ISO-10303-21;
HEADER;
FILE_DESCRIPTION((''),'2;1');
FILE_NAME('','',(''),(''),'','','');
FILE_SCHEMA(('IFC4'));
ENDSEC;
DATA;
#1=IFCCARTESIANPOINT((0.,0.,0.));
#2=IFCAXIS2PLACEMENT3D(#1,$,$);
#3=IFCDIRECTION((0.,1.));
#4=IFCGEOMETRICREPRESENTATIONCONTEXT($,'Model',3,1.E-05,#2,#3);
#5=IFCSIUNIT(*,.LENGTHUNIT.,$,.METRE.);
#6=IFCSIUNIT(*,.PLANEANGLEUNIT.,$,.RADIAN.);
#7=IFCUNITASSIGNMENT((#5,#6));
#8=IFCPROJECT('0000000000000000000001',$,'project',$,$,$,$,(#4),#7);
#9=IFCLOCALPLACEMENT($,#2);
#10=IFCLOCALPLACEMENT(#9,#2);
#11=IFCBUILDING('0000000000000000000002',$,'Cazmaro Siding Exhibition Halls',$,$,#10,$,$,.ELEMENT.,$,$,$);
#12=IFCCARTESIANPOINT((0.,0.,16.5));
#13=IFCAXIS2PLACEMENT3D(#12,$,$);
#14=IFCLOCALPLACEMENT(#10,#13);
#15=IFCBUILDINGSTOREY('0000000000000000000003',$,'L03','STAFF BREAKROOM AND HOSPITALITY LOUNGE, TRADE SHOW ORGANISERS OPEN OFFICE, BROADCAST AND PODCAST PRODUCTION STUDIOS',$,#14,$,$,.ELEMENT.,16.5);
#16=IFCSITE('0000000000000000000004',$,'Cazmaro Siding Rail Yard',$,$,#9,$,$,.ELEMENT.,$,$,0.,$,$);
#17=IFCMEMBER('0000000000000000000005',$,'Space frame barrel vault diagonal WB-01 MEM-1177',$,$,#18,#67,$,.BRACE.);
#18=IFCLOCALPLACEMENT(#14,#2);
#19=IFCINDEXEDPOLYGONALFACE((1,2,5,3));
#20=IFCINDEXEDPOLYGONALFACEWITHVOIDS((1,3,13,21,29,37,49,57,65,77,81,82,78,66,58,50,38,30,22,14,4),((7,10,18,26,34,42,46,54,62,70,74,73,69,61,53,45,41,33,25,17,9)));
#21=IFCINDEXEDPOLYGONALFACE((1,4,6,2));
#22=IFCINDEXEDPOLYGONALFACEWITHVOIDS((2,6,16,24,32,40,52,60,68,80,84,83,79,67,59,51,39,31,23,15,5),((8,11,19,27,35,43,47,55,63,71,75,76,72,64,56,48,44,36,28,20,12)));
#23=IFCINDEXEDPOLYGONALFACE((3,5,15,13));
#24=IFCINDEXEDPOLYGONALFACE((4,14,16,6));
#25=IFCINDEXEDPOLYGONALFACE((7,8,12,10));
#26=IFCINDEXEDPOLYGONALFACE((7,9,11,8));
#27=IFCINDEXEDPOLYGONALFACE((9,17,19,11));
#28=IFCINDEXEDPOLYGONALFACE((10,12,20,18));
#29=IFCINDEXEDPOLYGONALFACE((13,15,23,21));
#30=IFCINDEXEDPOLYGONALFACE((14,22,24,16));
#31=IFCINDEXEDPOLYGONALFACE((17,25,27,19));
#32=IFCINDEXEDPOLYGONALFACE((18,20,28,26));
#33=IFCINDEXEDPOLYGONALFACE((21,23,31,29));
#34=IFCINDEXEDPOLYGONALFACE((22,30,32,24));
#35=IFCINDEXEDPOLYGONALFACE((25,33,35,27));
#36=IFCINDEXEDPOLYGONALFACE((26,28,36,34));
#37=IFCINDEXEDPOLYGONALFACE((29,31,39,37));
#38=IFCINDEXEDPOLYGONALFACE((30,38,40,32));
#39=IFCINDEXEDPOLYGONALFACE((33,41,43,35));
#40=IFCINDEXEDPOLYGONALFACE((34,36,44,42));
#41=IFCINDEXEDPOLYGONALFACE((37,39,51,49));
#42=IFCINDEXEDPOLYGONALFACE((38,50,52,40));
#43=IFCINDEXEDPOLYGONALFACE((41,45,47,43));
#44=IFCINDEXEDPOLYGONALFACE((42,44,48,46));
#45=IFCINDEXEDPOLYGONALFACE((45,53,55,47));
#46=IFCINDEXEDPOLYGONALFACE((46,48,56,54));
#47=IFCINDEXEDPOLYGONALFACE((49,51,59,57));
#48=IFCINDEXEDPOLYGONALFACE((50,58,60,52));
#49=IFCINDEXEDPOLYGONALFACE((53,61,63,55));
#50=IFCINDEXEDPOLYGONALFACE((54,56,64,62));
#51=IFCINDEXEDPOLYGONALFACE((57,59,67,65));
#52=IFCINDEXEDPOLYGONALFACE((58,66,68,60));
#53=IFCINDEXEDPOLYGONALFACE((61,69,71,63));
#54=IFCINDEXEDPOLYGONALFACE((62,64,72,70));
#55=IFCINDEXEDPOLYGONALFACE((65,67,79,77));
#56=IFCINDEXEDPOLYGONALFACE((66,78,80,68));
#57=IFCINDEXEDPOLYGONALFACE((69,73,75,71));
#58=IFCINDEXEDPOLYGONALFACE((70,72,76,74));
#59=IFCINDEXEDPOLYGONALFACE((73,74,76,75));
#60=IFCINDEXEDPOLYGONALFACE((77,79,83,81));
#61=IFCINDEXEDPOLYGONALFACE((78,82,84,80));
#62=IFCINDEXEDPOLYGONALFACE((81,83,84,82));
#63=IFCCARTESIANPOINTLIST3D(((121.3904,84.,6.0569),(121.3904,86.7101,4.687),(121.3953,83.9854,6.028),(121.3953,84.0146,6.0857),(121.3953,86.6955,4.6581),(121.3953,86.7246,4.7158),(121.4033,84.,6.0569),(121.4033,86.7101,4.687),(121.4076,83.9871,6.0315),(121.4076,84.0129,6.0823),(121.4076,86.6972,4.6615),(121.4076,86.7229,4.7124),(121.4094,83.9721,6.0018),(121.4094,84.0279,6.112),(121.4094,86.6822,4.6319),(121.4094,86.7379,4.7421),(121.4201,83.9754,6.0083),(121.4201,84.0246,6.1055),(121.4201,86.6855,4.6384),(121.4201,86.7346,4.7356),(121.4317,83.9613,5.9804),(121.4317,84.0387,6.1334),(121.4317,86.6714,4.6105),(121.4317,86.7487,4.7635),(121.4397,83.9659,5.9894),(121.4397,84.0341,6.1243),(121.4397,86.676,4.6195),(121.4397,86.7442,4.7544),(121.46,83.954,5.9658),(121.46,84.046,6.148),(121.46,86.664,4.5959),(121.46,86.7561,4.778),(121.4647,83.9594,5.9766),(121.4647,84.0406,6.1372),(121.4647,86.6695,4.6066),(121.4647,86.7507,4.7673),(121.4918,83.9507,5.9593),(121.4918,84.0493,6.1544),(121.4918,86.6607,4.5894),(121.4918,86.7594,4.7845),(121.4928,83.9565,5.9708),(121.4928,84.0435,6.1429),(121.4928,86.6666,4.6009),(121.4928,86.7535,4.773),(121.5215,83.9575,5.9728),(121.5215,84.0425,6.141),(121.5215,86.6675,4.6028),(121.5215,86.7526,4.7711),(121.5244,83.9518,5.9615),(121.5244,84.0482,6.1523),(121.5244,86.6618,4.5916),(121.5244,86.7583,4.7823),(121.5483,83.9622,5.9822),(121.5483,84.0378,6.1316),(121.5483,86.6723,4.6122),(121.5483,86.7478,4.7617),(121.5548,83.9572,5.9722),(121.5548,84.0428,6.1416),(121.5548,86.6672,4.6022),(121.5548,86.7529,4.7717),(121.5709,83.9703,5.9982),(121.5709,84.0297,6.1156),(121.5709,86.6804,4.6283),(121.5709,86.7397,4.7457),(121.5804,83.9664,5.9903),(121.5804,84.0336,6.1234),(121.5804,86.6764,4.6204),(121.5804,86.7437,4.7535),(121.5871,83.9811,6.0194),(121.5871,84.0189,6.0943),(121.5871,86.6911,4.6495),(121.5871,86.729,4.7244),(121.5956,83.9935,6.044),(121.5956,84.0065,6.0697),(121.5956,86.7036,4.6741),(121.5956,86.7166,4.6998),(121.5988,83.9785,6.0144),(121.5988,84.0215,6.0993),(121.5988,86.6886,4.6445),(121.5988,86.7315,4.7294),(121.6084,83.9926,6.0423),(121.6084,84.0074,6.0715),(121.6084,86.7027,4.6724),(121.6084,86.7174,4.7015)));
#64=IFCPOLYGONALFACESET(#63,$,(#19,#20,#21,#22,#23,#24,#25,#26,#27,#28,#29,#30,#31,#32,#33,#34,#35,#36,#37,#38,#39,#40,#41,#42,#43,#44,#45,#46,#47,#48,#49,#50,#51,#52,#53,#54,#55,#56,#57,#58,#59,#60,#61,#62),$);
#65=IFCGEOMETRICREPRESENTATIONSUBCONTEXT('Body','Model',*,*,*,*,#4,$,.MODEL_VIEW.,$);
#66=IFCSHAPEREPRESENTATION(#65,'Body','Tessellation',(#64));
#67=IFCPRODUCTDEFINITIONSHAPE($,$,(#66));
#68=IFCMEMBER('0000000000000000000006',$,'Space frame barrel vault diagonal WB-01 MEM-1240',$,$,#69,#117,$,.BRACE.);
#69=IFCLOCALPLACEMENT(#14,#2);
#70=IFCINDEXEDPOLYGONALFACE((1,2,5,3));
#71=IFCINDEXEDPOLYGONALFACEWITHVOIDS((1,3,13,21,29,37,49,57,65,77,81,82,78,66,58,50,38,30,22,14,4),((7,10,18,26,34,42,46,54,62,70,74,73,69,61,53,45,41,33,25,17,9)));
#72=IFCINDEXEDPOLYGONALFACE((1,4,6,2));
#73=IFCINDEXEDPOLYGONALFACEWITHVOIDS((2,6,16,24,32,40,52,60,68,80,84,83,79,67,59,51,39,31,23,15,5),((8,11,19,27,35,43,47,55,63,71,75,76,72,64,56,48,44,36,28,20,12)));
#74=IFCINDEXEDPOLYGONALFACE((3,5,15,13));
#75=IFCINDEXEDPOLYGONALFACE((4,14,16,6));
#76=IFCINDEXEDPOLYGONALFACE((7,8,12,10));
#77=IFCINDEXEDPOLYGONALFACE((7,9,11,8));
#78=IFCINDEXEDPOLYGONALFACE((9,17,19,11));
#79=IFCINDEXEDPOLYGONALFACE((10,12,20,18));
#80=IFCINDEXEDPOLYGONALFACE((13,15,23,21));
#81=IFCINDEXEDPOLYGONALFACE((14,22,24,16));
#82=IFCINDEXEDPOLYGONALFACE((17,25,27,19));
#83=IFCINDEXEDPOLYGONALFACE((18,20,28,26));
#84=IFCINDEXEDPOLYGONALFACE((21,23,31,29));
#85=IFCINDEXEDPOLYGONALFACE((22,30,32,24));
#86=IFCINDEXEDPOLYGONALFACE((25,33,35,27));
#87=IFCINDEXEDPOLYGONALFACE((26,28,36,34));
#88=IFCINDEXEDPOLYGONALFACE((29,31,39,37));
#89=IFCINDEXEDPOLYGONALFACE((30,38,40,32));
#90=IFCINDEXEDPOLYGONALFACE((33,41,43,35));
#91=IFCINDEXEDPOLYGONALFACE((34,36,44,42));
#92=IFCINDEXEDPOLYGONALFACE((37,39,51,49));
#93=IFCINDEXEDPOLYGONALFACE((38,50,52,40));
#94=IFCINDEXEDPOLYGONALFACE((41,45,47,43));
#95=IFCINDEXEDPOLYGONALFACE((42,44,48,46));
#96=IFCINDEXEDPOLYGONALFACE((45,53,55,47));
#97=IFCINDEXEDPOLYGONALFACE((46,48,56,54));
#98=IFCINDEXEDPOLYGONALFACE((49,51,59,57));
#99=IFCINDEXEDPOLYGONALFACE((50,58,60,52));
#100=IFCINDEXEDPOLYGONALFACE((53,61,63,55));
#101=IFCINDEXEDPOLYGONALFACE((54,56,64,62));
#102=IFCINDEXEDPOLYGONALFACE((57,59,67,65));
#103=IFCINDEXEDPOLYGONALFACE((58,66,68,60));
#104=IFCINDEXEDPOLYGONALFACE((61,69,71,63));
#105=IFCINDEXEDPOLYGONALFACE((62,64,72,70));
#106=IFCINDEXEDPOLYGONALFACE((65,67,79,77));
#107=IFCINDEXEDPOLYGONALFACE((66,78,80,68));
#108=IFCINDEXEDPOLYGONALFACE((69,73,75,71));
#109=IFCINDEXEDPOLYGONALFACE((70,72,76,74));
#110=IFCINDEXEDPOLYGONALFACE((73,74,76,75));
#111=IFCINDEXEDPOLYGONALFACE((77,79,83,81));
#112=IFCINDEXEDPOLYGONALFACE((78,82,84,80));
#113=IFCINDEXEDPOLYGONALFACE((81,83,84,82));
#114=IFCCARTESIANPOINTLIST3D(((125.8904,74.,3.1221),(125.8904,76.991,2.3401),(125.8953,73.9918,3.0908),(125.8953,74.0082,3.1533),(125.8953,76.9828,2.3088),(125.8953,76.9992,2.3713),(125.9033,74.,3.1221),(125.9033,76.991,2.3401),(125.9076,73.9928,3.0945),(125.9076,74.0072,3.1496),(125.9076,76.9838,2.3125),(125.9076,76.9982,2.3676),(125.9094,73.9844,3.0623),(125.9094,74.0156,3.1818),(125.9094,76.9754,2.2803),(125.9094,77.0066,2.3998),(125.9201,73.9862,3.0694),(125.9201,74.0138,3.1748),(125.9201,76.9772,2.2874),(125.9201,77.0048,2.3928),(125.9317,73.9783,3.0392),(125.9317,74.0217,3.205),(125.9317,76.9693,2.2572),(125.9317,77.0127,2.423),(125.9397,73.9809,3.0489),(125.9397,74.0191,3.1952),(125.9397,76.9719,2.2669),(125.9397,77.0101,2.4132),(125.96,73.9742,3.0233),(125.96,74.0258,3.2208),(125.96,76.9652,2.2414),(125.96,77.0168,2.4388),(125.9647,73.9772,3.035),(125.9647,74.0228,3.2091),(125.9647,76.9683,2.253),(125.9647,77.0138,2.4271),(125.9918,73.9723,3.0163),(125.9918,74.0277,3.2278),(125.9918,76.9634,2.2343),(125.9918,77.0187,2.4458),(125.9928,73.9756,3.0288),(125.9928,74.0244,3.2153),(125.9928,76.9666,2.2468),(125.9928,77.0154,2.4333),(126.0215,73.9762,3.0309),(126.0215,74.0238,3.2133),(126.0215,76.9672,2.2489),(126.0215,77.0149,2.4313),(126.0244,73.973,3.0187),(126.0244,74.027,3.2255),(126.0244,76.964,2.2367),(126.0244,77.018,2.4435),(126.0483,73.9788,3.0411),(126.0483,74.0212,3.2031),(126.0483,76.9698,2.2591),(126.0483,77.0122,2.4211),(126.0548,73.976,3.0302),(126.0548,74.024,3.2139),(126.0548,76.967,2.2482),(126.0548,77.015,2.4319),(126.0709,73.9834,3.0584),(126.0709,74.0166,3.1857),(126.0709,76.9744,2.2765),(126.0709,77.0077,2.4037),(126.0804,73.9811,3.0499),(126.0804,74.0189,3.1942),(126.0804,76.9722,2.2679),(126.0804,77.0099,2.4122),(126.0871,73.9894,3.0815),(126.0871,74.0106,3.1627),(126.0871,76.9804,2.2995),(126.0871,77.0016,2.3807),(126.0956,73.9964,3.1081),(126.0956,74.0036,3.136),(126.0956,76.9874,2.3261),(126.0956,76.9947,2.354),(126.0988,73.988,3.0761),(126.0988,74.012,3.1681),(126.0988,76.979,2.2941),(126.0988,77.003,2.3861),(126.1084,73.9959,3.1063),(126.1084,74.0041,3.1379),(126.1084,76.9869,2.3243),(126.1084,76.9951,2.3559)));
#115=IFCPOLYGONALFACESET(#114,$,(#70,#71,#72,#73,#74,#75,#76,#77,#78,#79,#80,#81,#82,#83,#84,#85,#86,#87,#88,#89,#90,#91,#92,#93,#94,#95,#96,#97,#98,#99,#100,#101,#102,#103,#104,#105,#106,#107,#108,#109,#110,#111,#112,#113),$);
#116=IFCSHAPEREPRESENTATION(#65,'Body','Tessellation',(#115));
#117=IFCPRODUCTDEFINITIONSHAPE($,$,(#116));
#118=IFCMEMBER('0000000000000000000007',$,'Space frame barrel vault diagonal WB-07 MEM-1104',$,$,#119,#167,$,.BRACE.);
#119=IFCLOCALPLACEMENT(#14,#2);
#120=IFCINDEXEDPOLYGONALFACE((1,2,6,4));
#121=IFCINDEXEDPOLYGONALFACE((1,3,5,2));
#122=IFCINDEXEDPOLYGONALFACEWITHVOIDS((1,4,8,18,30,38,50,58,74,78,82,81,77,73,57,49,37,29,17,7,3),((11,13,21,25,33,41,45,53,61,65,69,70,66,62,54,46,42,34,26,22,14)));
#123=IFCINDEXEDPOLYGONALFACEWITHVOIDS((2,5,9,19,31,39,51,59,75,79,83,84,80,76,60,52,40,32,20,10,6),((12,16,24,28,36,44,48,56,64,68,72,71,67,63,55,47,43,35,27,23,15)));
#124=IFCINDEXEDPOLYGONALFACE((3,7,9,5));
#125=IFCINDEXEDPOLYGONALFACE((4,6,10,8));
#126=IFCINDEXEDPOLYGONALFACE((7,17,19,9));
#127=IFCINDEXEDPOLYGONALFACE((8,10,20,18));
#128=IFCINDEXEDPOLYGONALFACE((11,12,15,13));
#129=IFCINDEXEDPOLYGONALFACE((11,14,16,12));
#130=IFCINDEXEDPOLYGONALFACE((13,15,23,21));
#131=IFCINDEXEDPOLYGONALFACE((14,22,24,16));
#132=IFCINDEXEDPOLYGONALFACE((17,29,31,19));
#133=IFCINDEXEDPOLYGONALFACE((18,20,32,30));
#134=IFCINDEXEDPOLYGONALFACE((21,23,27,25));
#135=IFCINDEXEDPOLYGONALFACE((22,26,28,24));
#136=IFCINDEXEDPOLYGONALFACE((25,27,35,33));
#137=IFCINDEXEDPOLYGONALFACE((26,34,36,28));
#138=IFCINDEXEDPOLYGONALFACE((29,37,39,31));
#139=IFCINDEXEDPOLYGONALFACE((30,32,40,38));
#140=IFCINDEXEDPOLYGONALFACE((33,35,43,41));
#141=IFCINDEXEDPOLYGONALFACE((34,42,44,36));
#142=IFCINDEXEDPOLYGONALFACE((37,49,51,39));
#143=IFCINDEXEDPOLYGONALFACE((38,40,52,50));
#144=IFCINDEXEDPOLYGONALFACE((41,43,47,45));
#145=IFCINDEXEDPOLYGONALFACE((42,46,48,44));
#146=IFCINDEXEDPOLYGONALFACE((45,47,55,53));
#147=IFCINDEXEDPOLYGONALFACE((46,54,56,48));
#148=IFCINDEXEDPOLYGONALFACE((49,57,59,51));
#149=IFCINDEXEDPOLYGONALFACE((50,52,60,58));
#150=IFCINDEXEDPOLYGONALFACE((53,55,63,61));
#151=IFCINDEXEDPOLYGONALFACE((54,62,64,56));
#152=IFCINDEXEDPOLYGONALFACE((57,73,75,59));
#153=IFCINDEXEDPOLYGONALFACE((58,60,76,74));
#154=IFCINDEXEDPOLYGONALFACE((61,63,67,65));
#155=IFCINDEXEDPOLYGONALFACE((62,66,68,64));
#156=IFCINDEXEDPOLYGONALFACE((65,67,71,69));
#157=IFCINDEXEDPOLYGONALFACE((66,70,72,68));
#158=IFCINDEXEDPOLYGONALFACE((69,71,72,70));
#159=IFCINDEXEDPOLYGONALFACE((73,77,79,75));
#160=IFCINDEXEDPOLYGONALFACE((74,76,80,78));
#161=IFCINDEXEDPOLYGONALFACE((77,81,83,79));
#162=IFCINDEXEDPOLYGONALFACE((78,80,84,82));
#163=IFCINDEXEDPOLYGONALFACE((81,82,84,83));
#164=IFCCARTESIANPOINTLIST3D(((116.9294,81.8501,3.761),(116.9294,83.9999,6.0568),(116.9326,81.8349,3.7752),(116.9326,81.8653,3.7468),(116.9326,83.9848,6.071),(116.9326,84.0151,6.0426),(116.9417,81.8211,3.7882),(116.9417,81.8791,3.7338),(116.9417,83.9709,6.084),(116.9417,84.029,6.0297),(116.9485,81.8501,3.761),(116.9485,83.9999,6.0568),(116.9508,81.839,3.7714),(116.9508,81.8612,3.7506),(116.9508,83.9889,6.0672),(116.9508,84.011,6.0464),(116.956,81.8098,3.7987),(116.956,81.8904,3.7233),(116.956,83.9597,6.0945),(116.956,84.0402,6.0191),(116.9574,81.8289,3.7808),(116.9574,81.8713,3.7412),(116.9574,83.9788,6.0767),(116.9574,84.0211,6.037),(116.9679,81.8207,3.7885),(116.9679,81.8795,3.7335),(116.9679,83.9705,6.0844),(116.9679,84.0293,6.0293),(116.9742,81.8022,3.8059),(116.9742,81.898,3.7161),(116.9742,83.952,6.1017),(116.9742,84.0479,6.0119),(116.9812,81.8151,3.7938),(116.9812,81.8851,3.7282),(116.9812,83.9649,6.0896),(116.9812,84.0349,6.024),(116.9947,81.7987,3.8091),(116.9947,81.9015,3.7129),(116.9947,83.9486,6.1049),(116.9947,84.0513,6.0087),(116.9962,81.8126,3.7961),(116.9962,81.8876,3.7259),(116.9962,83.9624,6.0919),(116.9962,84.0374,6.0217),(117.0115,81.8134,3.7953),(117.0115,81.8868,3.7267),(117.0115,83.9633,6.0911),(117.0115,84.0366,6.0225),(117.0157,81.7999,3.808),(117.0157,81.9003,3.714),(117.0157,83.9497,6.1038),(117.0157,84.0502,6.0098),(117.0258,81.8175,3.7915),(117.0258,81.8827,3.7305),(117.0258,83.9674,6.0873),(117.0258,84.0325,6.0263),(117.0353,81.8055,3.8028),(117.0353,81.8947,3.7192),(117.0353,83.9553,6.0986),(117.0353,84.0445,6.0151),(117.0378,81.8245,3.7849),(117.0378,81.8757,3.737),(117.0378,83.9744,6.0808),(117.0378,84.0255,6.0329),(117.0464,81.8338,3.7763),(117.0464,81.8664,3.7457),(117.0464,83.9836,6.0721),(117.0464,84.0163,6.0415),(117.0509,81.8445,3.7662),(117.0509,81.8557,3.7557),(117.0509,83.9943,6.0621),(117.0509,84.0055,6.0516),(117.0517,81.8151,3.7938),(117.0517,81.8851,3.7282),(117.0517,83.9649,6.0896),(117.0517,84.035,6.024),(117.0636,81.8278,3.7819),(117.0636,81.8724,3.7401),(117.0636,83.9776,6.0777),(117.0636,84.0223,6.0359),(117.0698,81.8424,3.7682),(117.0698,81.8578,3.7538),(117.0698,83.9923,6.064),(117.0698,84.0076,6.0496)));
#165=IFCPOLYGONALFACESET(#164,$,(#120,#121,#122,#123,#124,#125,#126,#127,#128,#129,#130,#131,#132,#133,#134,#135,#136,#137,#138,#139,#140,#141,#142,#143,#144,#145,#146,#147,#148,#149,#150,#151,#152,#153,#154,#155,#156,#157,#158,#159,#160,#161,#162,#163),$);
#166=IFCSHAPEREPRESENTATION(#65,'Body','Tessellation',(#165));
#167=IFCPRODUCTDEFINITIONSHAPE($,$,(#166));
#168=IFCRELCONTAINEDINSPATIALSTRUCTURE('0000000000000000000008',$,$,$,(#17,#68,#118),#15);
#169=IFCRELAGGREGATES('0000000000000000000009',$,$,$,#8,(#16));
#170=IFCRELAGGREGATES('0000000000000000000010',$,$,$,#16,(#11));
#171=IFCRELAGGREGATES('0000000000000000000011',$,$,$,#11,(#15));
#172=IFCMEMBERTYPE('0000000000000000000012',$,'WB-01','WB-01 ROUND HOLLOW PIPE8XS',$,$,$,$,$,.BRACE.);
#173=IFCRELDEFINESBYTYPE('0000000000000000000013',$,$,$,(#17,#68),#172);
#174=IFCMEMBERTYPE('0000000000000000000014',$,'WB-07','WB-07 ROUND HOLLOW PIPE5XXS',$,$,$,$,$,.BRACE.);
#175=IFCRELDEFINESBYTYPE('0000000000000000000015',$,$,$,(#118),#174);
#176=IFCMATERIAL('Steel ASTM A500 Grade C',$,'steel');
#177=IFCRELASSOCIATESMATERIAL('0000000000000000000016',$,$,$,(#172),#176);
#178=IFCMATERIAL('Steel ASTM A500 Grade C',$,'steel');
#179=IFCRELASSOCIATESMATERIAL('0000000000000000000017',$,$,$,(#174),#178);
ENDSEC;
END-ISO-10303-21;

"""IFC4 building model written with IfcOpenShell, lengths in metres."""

from ifc_helpers import new_model, si_unit, direction, frame, origin, origin_2d, place, context, subcontext, project, spatial, hollow_circle, extrude, material, material_profile, profile_set, type_object, element, save


model = new_model("IFC4")

# Units and contexts
model_context = context("Model", 3, precision=1e-05, world=origin(), true_north=direction((0.0, 1.0)))
body_context = subcontext(model_context, "Body", "Model", "MODEL_VIEW")
ifc_project = project(units=[si_unit("LENGTHUNIT", "METRE"), si_unit("PLANEANGLEUNIT", "RADIAN")], contexts=[model_context])

# Site, building, storey
site_placement = place(None, origin())
site = spatial("IfcSite", under=ifc_project, at=site_placement, Name="Cazmaro Siding Rail Yard", CompositionType="ELEMENT", RefElevation=0.0)
building_placement = place(site_placement, origin())
building = spatial("IfcBuilding", under=site, at=building_placement, Name="Cazmaro Siding Exhibition Halls", CompositionType="ELEMENT")
storey_placement = place(building_placement, frame((0.0, 0.0, 16.5)))
storey = spatial("IfcBuildingStorey", under=building, at=storey_placement, Name="L03", Description="STAFF BREAKROOM AND HOSPITALITY LOUNGE, TRADE SHOW ORGANISERS OPEN OFFICE, BROADCAST AND PODCAST PRODUCTION STUDIOS", CompositionType="ELEMENT", Elevation=16.5)

# Members
ifc_material_1 = material(Name="Steel ASTM A500 Grade C", Category="steel")
ifc_material_profile_1 = material_profile(ifc_material_1, hollow_circle(Radius=0.1096, WallThickness=0.0129, at=origin_2d()), Name="PIPE8XS")
ifc_profile_set_1 = profile_set([ifc_material_profile_1], Name="Steel ASTM A500 Grade C")
member_type_1 = type_object("IfcMemberType", Name="WB-01", Description="WB-01 ROUND HOLLOW PIPE8XS", PredefinedType="BRACE", material=ifc_profile_set_1)
member_1_placement = place(storey_placement, frame((121.5, 84.0, 6.0569), z_axis=(0.0, 0.892457, -0.451133), x_axis=(-1.0, 0.0, 0.0)))
element("IfcMember", 1, at=member_1_placement, inside=storey, type_object=member_type_1, Name="Space frame barrel vault diagonal WB-01 MEM-1177", PredefinedType="BRACE", context=body_context, shape_type="SweptSolid", body=[
    extrude(hollow_circle(Radius=0.1096, WallThickness=0.0129, at=origin_2d()), origin(), (0.0, 0.0, 1.0), 3.0366),
])
member_2_placement = place(storey_placement, frame((126.0, 74.0, 3.1221), z_axis=(0.0, 0.96748, -0.252946), x_axis=(-1.0, 0.0, 0.0)))
element("IfcMember", 2, at=member_2_placement, inside=storey, type_object=member_type_1, Name="Space frame barrel vault diagonal WB-01 MEM-1240", PredefinedType="BRACE", context=body_context, shape_type="SweptSolid", body=[
    extrude(hollow_circle(Radius=0.1096, WallThickness=0.0129, at=origin_2d()), origin(), (0.0, 0.0, 1.0), 3.0916),
])
ifc_material_2 = material(Name="Steel ASTM A500 Grade C", Category="steel")
ifc_material_profile_2 = material_profile(ifc_material_2, hollow_circle(Radius=0.0706, WallThickness=0.019, at=origin_2d()), Name="PIPE5XXS")
ifc_profile_set_2 = profile_set([ifc_material_profile_2], Name="Steel ASTM A500 Grade C")
member_type_2 = type_object("IfcMemberType", Name="WB-07", Description="WB-07 ROUND HOLLOW PIPE5XXS", PredefinedType="BRACE", material=ifc_profile_set_2)
member_3_placement = place(storey_placement, frame((117.0, 81.8501, 3.761), z_axis=(0.0, 0.683518, 0.729934), x_axis=(-1.0, 0.0, 0.0)))
element("IfcMember", 3, at=member_3_placement, inside=storey, type_object=member_type_2, Name="Space frame barrel vault diagonal WB-07 MEM-1104", PredefinedType="BRACE", context=body_context, shape_type="SweptSolid", body=[
    extrude(hollow_circle(Radius=0.0706, WallThickness=0.019, at=origin_2d()), origin(), (0.0, 0.0, 1.0), 3.1453),
])

save(model, "model.ifc")
